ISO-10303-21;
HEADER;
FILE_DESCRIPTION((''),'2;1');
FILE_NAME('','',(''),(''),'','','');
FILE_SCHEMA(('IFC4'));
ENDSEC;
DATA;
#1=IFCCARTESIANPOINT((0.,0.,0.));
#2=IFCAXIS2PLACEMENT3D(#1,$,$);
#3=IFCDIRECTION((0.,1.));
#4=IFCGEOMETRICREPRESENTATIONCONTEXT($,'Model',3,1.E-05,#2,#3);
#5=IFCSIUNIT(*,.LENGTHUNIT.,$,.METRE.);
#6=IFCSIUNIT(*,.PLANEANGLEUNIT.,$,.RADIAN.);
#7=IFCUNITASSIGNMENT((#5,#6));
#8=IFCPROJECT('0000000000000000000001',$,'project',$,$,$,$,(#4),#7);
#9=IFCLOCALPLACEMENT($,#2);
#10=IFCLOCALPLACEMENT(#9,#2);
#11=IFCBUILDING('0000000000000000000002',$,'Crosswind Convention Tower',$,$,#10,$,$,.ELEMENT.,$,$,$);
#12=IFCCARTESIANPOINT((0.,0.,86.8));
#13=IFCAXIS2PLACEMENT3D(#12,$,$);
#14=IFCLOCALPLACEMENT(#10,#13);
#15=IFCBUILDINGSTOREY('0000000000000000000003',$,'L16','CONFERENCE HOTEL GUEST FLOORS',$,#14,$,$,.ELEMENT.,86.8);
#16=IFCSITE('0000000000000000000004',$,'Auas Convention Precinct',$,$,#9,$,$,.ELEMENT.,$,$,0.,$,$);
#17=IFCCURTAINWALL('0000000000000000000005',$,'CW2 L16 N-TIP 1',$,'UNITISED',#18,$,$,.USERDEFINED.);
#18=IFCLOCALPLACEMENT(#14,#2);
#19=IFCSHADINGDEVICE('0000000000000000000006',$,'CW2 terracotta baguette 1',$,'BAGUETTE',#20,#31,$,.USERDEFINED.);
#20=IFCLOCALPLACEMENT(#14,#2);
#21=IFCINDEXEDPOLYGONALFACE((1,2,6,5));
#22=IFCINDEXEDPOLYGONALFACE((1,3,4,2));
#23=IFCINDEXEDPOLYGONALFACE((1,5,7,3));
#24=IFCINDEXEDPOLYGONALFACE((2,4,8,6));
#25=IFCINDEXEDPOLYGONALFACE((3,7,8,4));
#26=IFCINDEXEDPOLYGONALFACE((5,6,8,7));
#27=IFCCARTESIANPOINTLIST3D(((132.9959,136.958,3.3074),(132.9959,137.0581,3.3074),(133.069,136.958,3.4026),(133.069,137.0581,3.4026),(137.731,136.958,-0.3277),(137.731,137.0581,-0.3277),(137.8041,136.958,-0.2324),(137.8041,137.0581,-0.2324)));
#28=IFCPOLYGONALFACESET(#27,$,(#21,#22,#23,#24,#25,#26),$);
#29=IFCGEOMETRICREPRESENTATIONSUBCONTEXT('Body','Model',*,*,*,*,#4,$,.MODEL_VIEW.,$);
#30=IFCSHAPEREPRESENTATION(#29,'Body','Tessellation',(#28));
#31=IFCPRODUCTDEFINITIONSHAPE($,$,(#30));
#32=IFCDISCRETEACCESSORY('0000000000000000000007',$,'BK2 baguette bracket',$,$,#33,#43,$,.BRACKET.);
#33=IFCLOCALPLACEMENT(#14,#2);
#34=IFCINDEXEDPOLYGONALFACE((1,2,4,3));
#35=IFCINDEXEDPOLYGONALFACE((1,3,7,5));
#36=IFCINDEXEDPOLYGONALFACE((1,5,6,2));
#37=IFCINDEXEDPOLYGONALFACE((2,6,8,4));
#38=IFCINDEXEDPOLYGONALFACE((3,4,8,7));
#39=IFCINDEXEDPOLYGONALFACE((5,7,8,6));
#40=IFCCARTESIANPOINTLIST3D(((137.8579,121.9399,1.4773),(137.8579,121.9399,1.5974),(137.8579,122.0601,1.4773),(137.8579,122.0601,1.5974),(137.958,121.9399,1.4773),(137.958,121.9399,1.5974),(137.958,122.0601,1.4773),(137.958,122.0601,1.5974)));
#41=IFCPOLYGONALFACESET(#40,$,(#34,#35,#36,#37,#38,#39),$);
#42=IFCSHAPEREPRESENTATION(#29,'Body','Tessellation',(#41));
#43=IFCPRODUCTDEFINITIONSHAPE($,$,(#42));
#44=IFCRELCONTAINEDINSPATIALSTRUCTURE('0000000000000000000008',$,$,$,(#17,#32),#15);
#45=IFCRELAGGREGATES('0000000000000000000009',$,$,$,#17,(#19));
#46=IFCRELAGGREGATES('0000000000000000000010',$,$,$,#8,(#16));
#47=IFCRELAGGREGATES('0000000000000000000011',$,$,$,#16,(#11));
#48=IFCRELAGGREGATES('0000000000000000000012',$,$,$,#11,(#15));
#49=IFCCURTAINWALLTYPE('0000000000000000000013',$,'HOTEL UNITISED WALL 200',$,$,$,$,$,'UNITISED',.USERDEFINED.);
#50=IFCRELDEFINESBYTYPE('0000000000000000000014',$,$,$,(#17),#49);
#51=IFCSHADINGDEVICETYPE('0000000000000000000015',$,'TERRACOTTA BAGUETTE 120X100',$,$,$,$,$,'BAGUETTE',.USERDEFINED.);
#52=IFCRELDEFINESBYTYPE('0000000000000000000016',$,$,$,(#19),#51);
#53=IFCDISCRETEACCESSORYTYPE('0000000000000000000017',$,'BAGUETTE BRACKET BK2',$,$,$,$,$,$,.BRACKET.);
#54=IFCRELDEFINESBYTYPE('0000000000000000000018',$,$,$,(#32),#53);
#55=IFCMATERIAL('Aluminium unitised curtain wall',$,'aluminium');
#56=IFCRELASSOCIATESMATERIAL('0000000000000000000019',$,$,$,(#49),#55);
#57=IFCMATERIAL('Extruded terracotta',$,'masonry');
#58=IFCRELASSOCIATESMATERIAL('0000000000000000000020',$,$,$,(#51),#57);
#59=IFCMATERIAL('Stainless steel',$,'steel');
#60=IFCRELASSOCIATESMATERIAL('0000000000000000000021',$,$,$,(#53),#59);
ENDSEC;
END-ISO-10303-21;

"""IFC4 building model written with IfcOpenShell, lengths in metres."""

from ifc_helpers import new_model, si_unit, direction, frame, origin, origin_2d, place, context, subcontext, project, spatial, rectangle, extrude, material, material_profile, profile_set, type_object, element, aggregate, save


model = new_model("IFC4")

# Units and contexts
model_context = context("Model", 3, precision=1e-05, world=origin(), true_north=direction((0.0, 1.0)))
body_context = subcontext(model_context, "Body", "Model", "MODEL_VIEW")
ifc_project = project(units=[si_unit("LENGTHUNIT", "METRE"), si_unit("PLANEANGLEUNIT", "RADIAN")], contexts=[model_context])

# Site, building, storey
site_placement = place(None, origin())
site = spatial("IfcSite", under=ifc_project, at=site_placement, Name="Auas Convention Precinct", CompositionType="ELEMENT", RefElevation=0.0)
building_placement = place(site_placement, origin())
building = spatial("IfcBuilding", under=site, at=building_placement, Name="Crosswind Convention Tower", CompositionType="ELEMENT")
storey_placement = place(building_placement, frame((0.0, 0.0, 86.8)))
storey = spatial("IfcBuildingStorey", under=building, at=storey_placement, Name="L16", Description="CONFERENCE HOTEL GUEST FLOORS", CompositionType="ELEMENT", Elevation=86.8)

# Shared definitions
ifc_material_1 = material(Name="Aluminium unitised curtain wall", Category="aluminium")

# Shared definitions
curtain_wall_type_1 = type_object("IfcCurtainWallType", Name="HOTEL UNITISED WALL 200", ElementType="UNITISED", PredefinedType="USERDEFINED", material=ifc_material_1)

# Curtain wall
curtain_wall_1_placement = place(storey_placement, origin())
curtain_wall_1 = element("IfcCurtainWall", 1, at=curtain_wall_1_placement, inside=storey, type_object=curtain_wall_type_1, Name="CW2 L16 N-TIP 1", ObjectType="UNITISED", PredefinedType="USERDEFINED")

# Shared definitions
ifc_material_2 = material(Name="Stainless steel", Category="steel")

# Shading device
ifc_material_3 = material(Name="Extruded terracotta", Category="masonry")
ifc_material_profile_1 = material_profile(ifc_material_3, rectangle(XDim=0.1001, YDim=0.1201, at=origin_2d()), Name="TC 100X120")
ifc_profile_set_1 = profile_set([ifc_material_profile_1], Name="Extruded terracotta")
shading_device_type = type_object("IfcShadingDeviceType", Name="TERRACOTTA BAGUETTE 120X100", ElementType="BAGUETTE", PredefinedType="USERDEFINED", material=ifc_profile_set_1)
shading_device_1_placement = place(storey_placement, frame((137.7676, 137.0081, -0.28), z_axis=(-0.793221, 0.0, 0.608934), x_axis=(0.0, -1.0, 0.0)))
shading_device_1 = element("IfcShadingDevice", 2, at=shading_device_1_placement, type_object=shading_device_type, Name="CW2 terracotta baguette 1", ObjectType="BAGUETTE", PredefinedType="USERDEFINED", context=body_context, shape_type="SweptSolid", body=[
    extrude(rectangle(XDim=0.1001, YDim=0.1201, at=origin_2d()), origin(), (0.0, 0.0, 1.0), 5.9695),
])
aggregate(curtain_wall_1, [shading_device_1])

# Discrete accessory
discrete_accessory_type = type_object("IfcDiscreteAccessoryType", Name="BAGUETTE BRACKET BK2", PredefinedType="BRACKET", material=ifc_material_2)
discrete_accessory_placement = place(storey_placement, frame((137.908, 122.0, 1.4773), z_axis=(0.0, 0.0, 1.0), x_axis=(0.0, 1.0, 0.0)))
element("IfcDiscreteAccessory", 3, at=discrete_accessory_placement, inside=storey, type_object=discrete_accessory_type, Name="BK2 baguette bracket", PredefinedType="BRACKET", context=body_context, shape_type="SweptSolid", body=[
    extrude(rectangle(XDim=0.1201, YDim=0.1001, at=origin_2d()), origin(), (0.0, 0.0, 1.0), 0.1201),
])

save(model, "model.ifc")
